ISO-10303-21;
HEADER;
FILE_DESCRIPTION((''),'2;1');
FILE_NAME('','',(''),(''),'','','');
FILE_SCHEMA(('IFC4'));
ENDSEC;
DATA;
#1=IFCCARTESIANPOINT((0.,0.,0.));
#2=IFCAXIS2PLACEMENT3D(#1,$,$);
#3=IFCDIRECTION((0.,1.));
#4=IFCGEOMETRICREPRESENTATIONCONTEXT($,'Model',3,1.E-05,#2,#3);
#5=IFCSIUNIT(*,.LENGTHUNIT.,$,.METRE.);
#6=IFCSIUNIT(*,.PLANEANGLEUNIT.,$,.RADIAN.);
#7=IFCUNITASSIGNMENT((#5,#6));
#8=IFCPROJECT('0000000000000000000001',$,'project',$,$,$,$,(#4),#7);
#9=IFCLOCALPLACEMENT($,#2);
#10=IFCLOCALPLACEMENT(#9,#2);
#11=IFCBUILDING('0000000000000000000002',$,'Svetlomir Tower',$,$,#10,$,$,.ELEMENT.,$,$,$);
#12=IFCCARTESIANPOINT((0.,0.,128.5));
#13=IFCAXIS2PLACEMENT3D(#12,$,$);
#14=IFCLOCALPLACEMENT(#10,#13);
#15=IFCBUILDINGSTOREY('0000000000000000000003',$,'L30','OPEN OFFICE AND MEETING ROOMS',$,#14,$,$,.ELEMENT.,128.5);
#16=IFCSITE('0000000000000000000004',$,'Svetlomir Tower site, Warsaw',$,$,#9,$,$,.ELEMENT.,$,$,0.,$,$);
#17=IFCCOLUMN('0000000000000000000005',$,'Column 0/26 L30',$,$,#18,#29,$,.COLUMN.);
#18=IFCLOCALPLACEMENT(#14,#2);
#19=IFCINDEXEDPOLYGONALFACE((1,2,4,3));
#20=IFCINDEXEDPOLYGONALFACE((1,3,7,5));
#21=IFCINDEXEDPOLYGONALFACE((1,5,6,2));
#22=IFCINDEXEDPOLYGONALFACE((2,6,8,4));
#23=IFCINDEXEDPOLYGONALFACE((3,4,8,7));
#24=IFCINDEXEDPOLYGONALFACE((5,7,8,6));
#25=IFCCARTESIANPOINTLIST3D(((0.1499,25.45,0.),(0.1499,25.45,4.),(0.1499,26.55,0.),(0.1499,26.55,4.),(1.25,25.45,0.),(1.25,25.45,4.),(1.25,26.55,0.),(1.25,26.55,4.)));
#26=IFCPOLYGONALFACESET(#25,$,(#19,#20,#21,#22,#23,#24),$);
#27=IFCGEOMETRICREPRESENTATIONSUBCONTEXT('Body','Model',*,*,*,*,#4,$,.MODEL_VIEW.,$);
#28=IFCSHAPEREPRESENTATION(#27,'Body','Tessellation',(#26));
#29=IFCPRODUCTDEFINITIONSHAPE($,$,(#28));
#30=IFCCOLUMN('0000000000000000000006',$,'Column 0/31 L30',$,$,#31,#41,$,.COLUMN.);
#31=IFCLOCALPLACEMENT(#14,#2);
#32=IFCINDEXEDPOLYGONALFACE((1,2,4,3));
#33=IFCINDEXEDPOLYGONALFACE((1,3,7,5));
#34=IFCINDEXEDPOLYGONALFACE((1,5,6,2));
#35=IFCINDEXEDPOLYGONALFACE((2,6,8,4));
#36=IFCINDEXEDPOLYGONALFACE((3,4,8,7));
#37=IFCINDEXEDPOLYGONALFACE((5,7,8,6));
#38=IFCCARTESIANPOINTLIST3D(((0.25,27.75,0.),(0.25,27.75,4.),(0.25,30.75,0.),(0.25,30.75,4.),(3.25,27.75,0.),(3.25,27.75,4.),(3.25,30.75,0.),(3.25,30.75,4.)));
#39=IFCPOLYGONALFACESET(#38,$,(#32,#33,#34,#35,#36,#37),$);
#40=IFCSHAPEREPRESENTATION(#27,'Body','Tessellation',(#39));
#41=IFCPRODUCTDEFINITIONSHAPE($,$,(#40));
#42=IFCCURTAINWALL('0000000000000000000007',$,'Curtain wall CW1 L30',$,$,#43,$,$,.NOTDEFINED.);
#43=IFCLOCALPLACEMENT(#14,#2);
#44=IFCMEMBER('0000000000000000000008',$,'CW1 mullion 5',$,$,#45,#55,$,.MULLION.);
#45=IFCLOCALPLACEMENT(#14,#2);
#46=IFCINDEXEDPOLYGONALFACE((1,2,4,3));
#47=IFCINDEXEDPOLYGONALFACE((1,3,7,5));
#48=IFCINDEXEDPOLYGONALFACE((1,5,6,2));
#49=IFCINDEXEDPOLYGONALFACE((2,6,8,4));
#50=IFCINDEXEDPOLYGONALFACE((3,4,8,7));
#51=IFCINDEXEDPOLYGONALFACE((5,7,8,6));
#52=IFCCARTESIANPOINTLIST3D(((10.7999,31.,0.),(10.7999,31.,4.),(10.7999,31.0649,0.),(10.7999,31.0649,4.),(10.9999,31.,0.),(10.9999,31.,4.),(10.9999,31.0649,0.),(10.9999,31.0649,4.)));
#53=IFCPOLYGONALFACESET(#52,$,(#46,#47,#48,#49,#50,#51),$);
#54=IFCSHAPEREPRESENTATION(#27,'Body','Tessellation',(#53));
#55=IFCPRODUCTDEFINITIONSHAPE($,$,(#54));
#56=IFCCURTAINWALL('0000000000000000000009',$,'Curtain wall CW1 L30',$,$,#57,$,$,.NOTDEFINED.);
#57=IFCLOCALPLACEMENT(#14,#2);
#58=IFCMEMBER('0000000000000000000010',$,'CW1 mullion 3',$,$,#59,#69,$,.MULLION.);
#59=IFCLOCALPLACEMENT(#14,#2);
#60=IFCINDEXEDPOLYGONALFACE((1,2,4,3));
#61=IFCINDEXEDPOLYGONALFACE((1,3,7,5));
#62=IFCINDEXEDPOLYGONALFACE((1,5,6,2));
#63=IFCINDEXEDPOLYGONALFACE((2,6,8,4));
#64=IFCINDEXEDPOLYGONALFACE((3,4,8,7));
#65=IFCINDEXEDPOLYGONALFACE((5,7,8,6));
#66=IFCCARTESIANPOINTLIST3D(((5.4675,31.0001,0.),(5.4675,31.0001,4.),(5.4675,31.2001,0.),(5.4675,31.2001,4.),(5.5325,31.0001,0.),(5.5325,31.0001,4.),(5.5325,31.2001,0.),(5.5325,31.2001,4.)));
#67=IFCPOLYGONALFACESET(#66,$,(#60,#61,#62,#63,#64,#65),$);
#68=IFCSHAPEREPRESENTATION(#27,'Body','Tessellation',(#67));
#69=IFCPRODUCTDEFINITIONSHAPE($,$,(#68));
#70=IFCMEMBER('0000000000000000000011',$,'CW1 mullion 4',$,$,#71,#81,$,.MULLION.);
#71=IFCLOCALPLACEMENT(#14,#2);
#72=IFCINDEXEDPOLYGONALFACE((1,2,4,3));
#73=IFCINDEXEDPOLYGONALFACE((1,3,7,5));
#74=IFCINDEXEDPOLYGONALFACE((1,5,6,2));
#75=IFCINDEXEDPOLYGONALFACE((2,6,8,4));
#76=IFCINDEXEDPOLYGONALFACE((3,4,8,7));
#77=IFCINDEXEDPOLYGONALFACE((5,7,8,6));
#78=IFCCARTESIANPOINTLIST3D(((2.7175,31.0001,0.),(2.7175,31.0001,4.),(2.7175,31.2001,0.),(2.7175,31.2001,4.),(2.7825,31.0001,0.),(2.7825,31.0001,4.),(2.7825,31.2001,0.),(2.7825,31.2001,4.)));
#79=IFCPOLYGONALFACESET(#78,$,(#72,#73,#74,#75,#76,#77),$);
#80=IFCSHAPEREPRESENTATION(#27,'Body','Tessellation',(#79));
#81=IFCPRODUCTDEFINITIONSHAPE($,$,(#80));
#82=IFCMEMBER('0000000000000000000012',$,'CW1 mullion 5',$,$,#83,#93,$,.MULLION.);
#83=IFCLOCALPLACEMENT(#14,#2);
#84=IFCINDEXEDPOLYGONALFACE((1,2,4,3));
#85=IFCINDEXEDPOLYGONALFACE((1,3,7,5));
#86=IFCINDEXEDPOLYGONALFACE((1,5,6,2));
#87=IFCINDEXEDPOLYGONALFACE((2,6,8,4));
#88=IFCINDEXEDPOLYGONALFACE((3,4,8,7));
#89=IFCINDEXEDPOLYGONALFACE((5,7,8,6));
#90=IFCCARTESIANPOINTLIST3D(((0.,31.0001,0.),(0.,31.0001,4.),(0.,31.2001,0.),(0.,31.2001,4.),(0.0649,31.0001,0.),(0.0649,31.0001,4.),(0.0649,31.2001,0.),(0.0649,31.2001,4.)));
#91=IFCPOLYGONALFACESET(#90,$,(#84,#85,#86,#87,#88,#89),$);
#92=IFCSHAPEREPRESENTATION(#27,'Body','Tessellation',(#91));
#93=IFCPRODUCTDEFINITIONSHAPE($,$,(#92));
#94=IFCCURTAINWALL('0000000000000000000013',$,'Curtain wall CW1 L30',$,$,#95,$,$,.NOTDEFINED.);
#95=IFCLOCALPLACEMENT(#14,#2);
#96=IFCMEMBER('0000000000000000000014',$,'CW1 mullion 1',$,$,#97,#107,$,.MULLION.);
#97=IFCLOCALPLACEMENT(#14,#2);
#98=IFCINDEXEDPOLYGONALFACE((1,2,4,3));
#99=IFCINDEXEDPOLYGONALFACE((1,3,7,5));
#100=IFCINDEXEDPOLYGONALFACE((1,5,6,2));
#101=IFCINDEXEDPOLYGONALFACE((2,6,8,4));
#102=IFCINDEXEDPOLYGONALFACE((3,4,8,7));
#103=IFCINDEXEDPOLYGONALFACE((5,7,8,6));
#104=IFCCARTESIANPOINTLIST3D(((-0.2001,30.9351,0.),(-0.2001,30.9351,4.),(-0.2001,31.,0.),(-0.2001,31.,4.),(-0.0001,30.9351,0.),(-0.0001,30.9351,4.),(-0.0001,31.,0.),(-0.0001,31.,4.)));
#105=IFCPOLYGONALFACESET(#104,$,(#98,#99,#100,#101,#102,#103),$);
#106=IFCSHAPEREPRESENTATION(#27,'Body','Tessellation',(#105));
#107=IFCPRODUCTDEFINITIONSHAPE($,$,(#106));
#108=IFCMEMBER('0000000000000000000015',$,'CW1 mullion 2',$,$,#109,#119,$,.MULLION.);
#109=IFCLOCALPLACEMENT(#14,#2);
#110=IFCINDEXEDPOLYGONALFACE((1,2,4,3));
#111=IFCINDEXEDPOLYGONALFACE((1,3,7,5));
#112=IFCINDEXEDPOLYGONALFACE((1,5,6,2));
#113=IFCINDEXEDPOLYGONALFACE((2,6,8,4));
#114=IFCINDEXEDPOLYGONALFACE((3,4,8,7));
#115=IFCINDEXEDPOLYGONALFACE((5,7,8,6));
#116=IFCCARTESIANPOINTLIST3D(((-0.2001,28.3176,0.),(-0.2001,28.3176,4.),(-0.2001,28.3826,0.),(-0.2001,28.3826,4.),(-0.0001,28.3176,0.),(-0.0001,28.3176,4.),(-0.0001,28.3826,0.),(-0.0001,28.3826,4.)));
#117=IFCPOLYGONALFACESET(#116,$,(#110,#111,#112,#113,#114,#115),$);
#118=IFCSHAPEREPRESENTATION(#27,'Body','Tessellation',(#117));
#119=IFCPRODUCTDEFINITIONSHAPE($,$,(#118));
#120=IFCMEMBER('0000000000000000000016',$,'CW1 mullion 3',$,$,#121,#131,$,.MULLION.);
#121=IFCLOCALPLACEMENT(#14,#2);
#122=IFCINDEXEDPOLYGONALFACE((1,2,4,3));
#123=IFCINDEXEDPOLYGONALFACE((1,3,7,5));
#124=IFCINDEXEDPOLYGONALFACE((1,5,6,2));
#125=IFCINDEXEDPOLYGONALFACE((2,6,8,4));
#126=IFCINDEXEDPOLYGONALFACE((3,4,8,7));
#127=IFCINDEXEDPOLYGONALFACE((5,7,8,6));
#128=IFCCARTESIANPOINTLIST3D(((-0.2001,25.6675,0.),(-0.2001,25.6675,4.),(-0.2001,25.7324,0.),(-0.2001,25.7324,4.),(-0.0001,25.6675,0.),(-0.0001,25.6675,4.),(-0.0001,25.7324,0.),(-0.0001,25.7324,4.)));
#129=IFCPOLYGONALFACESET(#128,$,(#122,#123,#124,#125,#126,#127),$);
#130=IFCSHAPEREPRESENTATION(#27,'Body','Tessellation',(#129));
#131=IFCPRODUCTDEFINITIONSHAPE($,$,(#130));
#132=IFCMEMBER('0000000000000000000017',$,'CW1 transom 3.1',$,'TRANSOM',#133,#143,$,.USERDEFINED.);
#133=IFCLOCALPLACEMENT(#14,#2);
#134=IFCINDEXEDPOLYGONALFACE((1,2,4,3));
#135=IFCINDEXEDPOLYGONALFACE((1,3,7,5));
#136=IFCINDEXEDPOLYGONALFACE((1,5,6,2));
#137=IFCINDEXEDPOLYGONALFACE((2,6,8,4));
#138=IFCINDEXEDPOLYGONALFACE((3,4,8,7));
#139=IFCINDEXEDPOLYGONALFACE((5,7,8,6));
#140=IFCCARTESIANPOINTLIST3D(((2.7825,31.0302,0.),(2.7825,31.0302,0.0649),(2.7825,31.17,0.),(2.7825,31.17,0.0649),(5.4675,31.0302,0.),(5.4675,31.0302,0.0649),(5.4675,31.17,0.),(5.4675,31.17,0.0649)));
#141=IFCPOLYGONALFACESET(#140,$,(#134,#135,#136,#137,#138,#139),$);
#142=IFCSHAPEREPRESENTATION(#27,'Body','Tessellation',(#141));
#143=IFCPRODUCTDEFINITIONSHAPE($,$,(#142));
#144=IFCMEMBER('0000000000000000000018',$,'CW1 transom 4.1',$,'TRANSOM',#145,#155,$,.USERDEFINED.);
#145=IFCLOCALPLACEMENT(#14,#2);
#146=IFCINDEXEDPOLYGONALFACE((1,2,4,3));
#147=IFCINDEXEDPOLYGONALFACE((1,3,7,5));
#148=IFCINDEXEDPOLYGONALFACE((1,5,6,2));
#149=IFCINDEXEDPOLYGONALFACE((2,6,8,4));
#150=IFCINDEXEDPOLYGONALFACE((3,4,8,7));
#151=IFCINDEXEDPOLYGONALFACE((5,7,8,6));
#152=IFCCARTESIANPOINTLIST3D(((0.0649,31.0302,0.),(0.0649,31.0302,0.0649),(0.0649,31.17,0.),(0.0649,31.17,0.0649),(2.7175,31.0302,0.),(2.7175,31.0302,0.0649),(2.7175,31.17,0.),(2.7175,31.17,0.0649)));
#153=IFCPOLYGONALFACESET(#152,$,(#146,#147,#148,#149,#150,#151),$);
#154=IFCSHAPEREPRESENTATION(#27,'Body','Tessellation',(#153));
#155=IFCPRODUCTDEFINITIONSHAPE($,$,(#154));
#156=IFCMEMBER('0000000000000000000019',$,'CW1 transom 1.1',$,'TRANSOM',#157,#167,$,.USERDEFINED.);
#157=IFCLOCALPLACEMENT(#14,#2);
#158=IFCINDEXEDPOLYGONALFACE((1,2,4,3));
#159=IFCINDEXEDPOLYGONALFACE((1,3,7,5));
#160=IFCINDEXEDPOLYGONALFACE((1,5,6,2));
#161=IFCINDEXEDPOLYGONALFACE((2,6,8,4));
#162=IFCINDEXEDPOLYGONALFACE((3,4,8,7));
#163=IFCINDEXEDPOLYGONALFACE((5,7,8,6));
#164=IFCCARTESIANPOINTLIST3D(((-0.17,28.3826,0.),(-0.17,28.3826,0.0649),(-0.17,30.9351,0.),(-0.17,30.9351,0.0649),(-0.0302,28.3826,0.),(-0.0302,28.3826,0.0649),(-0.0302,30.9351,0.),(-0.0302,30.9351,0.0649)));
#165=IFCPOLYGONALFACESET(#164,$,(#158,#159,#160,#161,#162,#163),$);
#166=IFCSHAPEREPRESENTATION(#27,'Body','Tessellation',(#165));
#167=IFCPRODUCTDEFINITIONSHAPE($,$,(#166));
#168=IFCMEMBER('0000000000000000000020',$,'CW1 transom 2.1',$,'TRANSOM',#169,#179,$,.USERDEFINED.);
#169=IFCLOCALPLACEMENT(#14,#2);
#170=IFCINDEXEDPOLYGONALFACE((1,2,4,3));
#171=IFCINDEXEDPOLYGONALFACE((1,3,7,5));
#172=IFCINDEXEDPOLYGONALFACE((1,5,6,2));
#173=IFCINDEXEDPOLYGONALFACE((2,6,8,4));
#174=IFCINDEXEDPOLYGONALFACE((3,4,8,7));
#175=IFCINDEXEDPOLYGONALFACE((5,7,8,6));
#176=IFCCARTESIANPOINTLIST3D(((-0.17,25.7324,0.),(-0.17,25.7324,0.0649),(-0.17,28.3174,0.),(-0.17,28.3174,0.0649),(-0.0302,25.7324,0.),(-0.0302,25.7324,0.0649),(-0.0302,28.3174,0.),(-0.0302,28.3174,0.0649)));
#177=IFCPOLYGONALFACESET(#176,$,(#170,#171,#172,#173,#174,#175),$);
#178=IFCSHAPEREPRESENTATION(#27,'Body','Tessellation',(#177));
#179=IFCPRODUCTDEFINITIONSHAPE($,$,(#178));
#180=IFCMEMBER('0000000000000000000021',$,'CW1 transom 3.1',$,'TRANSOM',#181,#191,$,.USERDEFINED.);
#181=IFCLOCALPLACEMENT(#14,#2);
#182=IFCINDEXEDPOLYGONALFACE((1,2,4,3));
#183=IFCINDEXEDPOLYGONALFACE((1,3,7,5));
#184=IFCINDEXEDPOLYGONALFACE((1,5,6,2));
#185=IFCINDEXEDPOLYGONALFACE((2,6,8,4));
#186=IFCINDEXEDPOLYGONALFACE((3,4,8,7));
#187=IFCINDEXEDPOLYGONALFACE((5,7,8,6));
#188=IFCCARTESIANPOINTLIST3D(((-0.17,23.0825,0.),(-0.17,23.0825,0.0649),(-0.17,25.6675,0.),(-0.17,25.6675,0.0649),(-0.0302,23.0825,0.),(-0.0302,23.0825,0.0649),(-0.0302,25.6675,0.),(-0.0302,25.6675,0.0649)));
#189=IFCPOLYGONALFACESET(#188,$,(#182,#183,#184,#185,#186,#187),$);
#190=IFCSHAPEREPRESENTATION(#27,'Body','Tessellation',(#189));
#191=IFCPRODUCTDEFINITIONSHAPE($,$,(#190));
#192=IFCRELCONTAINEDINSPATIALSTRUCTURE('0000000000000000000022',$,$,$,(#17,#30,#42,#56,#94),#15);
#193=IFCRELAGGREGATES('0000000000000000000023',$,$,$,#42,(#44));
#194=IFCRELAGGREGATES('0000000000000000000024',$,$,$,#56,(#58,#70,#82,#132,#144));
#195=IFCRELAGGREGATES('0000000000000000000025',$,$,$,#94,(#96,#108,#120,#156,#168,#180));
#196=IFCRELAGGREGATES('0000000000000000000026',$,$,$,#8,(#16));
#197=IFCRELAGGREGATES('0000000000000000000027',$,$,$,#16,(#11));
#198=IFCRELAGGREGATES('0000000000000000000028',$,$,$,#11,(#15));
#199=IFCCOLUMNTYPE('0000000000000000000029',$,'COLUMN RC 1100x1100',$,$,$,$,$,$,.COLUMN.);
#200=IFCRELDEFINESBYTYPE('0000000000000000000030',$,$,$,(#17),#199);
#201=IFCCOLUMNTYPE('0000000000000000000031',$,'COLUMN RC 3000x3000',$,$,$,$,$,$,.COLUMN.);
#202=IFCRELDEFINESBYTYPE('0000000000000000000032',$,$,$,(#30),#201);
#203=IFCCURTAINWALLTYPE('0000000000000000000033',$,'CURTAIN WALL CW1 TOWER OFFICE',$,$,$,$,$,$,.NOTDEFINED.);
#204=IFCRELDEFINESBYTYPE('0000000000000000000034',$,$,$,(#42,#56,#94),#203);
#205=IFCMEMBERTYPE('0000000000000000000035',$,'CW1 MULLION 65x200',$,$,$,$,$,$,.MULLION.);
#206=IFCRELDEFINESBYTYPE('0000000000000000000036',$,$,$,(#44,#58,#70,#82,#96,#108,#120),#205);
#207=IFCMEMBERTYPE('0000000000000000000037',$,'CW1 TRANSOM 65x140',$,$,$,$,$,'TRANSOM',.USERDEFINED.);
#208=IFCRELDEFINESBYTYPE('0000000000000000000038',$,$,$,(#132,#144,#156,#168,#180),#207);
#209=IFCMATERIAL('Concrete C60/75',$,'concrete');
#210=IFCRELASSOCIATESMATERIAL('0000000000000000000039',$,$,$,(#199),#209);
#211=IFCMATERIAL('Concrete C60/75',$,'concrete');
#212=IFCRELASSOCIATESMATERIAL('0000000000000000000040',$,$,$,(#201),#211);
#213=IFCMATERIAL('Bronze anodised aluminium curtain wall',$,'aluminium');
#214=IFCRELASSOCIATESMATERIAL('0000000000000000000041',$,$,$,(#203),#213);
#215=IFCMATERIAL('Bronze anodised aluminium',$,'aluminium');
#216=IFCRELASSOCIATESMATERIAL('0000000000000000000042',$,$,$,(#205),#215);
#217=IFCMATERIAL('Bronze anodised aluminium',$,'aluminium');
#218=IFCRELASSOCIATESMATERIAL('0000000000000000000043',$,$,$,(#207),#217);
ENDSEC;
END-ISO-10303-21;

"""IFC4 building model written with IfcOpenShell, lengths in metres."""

from ifc_helpers import new_model, si_unit, direction, frame, origin, origin_2d, place, context, subcontext, project, spatial, rectangle, extrude, material, material_profile, profile_set, type_object, element, aggregate, save


model = new_model("IFC4")

# Units and contexts
model_context = context("Model", 3, precision=1e-05, world=origin(), true_north=direction((0.0, 1.0)))
body_context = subcontext(model_context, "Body", "Model", "MODEL_VIEW")
ifc_project = project(units=[si_unit("LENGTHUNIT", "METRE"), si_unit("PLANEANGLEUNIT", "RADIAN")], contexts=[model_context])

# Site, building, storey
site_placement = place(None, origin())
site = spatial("IfcSite", under=ifc_project, at=site_placement, Name="Svetlomir Tower site, Warsaw", CompositionType="ELEMENT", RefElevation=0.0)
building_placement = place(site_placement, origin())
building = spatial("IfcBuilding", under=site, at=building_placement, Name="Svetlomir Tower", CompositionType="ELEMENT")
storey_placement = place(building_placement, frame((0.0, 0.0, 128.5)))
storey = spatial("IfcBuildingStorey", under=building, at=storey_placement, Name="L30", Description="OPEN OFFICE AND MEETING ROOMS", CompositionType="ELEMENT", Elevation=128.5)

# Columns
ifc_material_1 = material(Name="Concrete C60/75", Category="concrete")
ifc_material_profile_1 = material_profile(ifc_material_1, rectangle(XDim=1.1001, YDim=1.1001, at=origin_2d()), Name="RC 1100x1100")
ifc_profile_set_1 = profile_set([ifc_material_profile_1], Name="Concrete C60/75")
column_type_1 = type_object("IfcColumnType", Name="COLUMN RC 1100x1100", PredefinedType="COLUMN", material=ifc_profile_set_1)
column_1_placement = place(storey_placement, frame((0.7, 26.0, 0.0), z_axis=(0.0, 0.0, 1.0), x_axis=(1.0, 0.0, 0.0)))
element("IfcColumn", 1, at=column_1_placement, inside=storey, type_object=column_type_1, Name="Column 0/26 L30", PredefinedType="COLUMN", context=body_context, shape_type="SweptSolid", body=[
    extrude(rectangle(XDim=1.1001, YDim=1.1001, at=origin_2d()), origin(), (0.0, 0.0, 1.0), 4.0),
])
ifc_material_2 = material(Name="Concrete C60/75", Category="concrete")
ifc_material_profile_2 = material_profile(ifc_material_2, rectangle(XDim=3.0, YDim=3.0, at=origin_2d()), Name="RC 3000x3000")
ifc_profile_set_2 = profile_set([ifc_material_profile_2], Name="Concrete C60/75")
column_type_2 = type_object("IfcColumnType", Name="COLUMN RC 3000x3000", PredefinedType="COLUMN", material=ifc_profile_set_2)
column_2_placement = place(storey_placement, frame((1.75, 29.25, 0.0), z_axis=(0.0, 0.0, 1.0), x_axis=(1.0, 0.0, 0.0)))
element("IfcColumn", 2, at=column_2_placement, inside=storey, type_object=column_type_2, Name="Column 0/31 L30", PredefinedType="COLUMN", context=body_context, shape_type="SweptSolid", body=[
    extrude(rectangle(XDim=3.0, YDim=3.0, at=origin_2d()), origin(), (0.0, 0.0, 1.0), 4.0),
])

# Curtain wall, member
ifc_material_3 = material(Name="Bronze anodised aluminium curtain wall", Category="aluminium")
curtain_wall_type = type_object("IfcCurtainWallType", Name="CURTAIN WALL CW1 TOWER OFFICE", PredefinedType="NOTDEFINED", material=ifc_material_3)
curtain_wall_1_placement = place(storey_placement, origin())
curtain_wall_1 = element("IfcCurtainWall", 3, at=curtain_wall_1_placement, inside=storey, type_object=curtain_wall_type, Name="Curtain wall CW1 L30", PredefinedType="NOTDEFINED")
ifc_material_4 = material(Name="Bronze anodised aluminium", Category="aluminium")
ifc_material_profile_3 = material_profile(ifc_material_4, rectangle(XDim=0.0649, YDim=0.2, at=origin_2d()), Name="AL 65x200")
ifc_profile_set_3 = profile_set([ifc_material_profile_3], Name="Bronze anodised aluminium 6063-T6")
member_type_1 = type_object("IfcMemberType", Name="CW1 MULLION 65x200", PredefinedType="MULLION", material=ifc_profile_set_3)
member_1_placement = place(storey_placement, frame((10.8999, 31.0325, 0.0), z_axis=(0.0, 0.0, 1.0), x_axis=(0.0, -1.0, 0.0)))
member_1 = element("IfcMember", 4, at=member_1_placement, type_object=member_type_1, Name="CW1 mullion 5", PredefinedType="MULLION", context=body_context, shape_type="SweptSolid", body=[
    extrude(rectangle(XDim=0.0649, YDim=0.2, at=origin_2d()), origin(), (0.0, 0.0, 1.0), 4.0),
])
aggregate(curtain_wall_1, [member_1])

# Curtain walls, members
curtain_wall_2_placement = place(storey_placement, origin())
curtain_wall_2 = element("IfcCurtainWall", 5, at=curtain_wall_2_placement, inside=storey, type_object=curtain_wall_type, Name="Curtain wall CW1 L30", PredefinedType="NOTDEFINED")
member_2_placement = place(storey_placement, frame((5.5, 31.1001, 0.0), z_axis=(0.0, 0.0, 1.0), x_axis=(-1.0, 0.0, 0.0)))
member_2 = element("IfcMember", 6, at=member_2_placement, type_object=member_type_1, Name="CW1 mullion 3", PredefinedType="MULLION", context=body_context, shape_type="SweptSolid", body=[
    extrude(rectangle(XDim=0.0649, YDim=0.2, at=origin_2d()), origin(), (0.0, 0.0, 1.0), 4.0),
])
member_3_placement = place(storey_placement, frame((2.75, 31.1001, 0.0), z_axis=(0.0, 0.0, 1.0), x_axis=(-1.0, 0.0, 0.0)))
member_3 = element("IfcMember", 7, at=member_3_placement, type_object=member_type_1, Name="CW1 mullion 4", PredefinedType="MULLION", context=body_context, shape_type="SweptSolid", body=[
    extrude(rectangle(XDim=0.0649, YDim=0.2, at=origin_2d()), origin(), (0.0, 0.0, 1.0), 4.0),
])
member_4_placement = place(storey_placement, frame((0.0325, 31.1001, 0.0), z_axis=(0.0, 0.0, 1.0), x_axis=(-1.0, 0.0, 0.0)))
member_4 = element("IfcMember", 8, at=member_4_placement, type_object=member_type_1, Name="CW1 mullion 5", PredefinedType="MULLION", context=body_context, shape_type="SweptSolid", body=[
    extrude(rectangle(XDim=0.0649, YDim=0.2, at=origin_2d()), origin(), (0.0, 0.0, 1.0), 4.0),
])
curtain_wall_3_placement = place(storey_placement, origin())
curtain_wall_3 = element("IfcCurtainWall", 9, at=curtain_wall_3_placement, inside=storey, type_object=curtain_wall_type, Name="Curtain wall CW1 L30", PredefinedType="NOTDEFINED")
member_5_placement = place(storey_placement, frame((-0.1001, 30.9675, 0.0), z_axis=(0.0, 0.0, 1.0), x_axis=(0.0, -1.0, 0.0)))
member_5 = element("IfcMember", 10, at=member_5_placement, type_object=member_type_1, Name="CW1 mullion 1", PredefinedType="MULLION", context=body_context, shape_type="SweptSolid", body=[
    extrude(rectangle(XDim=0.0649, YDim=0.2, at=origin_2d()), origin(), (0.0, 0.0, 1.0), 4.0),
])
member_6_placement = place(storey_placement, frame((-0.1001, 28.3501, 0.0), z_axis=(0.0, 0.0, 1.0), x_axis=(0.0, -1.0, 0.0)))
member_6 = element("IfcMember", 11, at=member_6_placement, type_object=member_type_1, Name="CW1 mullion 2", PredefinedType="MULLION", context=body_context, shape_type="SweptSolid", body=[
    extrude(rectangle(XDim=0.0649, YDim=0.2, at=origin_2d()), origin(), (0.0, 0.0, 1.0), 4.0),
])
member_7_placement = place(storey_placement, frame((-0.1001, 25.7, 0.0), z_axis=(0.0, 0.0, 1.0), x_axis=(0.0, -1.0, 0.0)))
member_7 = element("IfcMember", 12, at=member_7_placement, type_object=member_type_1, Name="CW1 mullion 3", PredefinedType="MULLION", context=body_context, shape_type="SweptSolid", body=[
    extrude(rectangle(XDim=0.0649, YDim=0.2, at=origin_2d()), origin(), (0.0, 0.0, 1.0), 4.0),
])

# Members
ifc_material_5 = material(Name="Bronze anodised aluminium", Category="aluminium")
ifc_material_profile_4 = material_profile(ifc_material_5, rectangle(XDim=0.1399, YDim=0.0649, at=origin_2d()), Name="AL 140x65")
ifc_profile_set_4 = profile_set([ifc_material_profile_4], Name="Bronze anodised aluminium 6063-T6")
member_type_2 = type_object("IfcMemberType", Name="CW1 TRANSOM 65x140", ElementType="TRANSOM", PredefinedType="USERDEFINED", material=ifc_profile_set_4)
member_8_placement = place(storey_placement, frame((5.4675, 31.1001, 0.0325), z_axis=(-1.0, 0.0, 0.0), x_axis=(0.0, -1.0, 0.0)))
member_8 = element("IfcMember", 13, at=member_8_placement, type_object=member_type_2, Name="CW1 transom 3.1", ObjectType="TRANSOM", PredefinedType="USERDEFINED", context=body_context, shape_type="SweptSolid", body=[
    extrude(rectangle(XDim=0.1399, YDim=0.0649, at=origin_2d()), origin(), (0.0, 0.0, 1.0), 2.6851),
])
member_9_placement = place(storey_placement, frame((2.7175, 31.1001, 0.0325), z_axis=(-1.0, 0.0, 0.0), x_axis=(0.0, -1.0, 0.0)))
member_9 = element("IfcMember", 14, at=member_9_placement, type_object=member_type_2, Name="CW1 transom 4.1", ObjectType="TRANSOM", PredefinedType="USERDEFINED", context=body_context, shape_type="SweptSolid", body=[
    extrude(rectangle(XDim=0.1399, YDim=0.0649, at=origin_2d()), origin(), (0.0, 0.0, 1.0), 2.6526),
])
member_10_placement = place(storey_placement, frame((-0.1001, 30.9351, 0.0325), z_axis=(0.0, -1.0, 0.0), x_axis=(1.0, 0.0, 0.0)))
member_10 = element("IfcMember", 15, at=member_10_placement, type_object=member_type_2, Name="CW1 transom 1.1", ObjectType="TRANSOM", PredefinedType="USERDEFINED", context=body_context, shape_type="SweptSolid", body=[
    extrude(rectangle(XDim=0.1399, YDim=0.0649, at=origin_2d()), origin(), (0.0, 0.0, 1.0), 2.5525),
])
member_11_placement = place(storey_placement, frame((-0.1001, 28.3174, 0.0325), z_axis=(0.0, -1.0, 0.0), x_axis=(1.0, 0.0, 0.0)))
member_11 = element("IfcMember", 16, at=member_11_placement, type_object=member_type_2, Name="CW1 transom 2.1", ObjectType="TRANSOM", PredefinedType="USERDEFINED", context=body_context, shape_type="SweptSolid", body=[
    extrude(rectangle(XDim=0.1399, YDim=0.0649, at=origin_2d()), origin(), (0.0, 0.0, 1.0), 2.585),
])
member_12_placement = place(storey_placement, frame((-0.1001, 25.6675, 0.0325), z_axis=(0.0, -1.0, 0.0), x_axis=(1.0, 0.0, 0.0)))
member_12 = element("IfcMember", 17, at=member_12_placement, type_object=member_type_2, Name="CW1 transom 3.1", ObjectType="TRANSOM", PredefinedType="USERDEFINED", context=body_context, shape_type="SweptSolid", body=[
    extrude(rectangle(XDim=0.1399, YDim=0.0649, at=origin_2d()), origin(), (0.0, 0.0, 1.0), 2.585),
])

aggregate(curtain_wall_2, [member_2, member_3, member_4, member_8, member_9])
aggregate(curtain_wall_3, [member_5, member_6, member_7, member_10, member_11, member_12])

save(model, "model.ifc")
